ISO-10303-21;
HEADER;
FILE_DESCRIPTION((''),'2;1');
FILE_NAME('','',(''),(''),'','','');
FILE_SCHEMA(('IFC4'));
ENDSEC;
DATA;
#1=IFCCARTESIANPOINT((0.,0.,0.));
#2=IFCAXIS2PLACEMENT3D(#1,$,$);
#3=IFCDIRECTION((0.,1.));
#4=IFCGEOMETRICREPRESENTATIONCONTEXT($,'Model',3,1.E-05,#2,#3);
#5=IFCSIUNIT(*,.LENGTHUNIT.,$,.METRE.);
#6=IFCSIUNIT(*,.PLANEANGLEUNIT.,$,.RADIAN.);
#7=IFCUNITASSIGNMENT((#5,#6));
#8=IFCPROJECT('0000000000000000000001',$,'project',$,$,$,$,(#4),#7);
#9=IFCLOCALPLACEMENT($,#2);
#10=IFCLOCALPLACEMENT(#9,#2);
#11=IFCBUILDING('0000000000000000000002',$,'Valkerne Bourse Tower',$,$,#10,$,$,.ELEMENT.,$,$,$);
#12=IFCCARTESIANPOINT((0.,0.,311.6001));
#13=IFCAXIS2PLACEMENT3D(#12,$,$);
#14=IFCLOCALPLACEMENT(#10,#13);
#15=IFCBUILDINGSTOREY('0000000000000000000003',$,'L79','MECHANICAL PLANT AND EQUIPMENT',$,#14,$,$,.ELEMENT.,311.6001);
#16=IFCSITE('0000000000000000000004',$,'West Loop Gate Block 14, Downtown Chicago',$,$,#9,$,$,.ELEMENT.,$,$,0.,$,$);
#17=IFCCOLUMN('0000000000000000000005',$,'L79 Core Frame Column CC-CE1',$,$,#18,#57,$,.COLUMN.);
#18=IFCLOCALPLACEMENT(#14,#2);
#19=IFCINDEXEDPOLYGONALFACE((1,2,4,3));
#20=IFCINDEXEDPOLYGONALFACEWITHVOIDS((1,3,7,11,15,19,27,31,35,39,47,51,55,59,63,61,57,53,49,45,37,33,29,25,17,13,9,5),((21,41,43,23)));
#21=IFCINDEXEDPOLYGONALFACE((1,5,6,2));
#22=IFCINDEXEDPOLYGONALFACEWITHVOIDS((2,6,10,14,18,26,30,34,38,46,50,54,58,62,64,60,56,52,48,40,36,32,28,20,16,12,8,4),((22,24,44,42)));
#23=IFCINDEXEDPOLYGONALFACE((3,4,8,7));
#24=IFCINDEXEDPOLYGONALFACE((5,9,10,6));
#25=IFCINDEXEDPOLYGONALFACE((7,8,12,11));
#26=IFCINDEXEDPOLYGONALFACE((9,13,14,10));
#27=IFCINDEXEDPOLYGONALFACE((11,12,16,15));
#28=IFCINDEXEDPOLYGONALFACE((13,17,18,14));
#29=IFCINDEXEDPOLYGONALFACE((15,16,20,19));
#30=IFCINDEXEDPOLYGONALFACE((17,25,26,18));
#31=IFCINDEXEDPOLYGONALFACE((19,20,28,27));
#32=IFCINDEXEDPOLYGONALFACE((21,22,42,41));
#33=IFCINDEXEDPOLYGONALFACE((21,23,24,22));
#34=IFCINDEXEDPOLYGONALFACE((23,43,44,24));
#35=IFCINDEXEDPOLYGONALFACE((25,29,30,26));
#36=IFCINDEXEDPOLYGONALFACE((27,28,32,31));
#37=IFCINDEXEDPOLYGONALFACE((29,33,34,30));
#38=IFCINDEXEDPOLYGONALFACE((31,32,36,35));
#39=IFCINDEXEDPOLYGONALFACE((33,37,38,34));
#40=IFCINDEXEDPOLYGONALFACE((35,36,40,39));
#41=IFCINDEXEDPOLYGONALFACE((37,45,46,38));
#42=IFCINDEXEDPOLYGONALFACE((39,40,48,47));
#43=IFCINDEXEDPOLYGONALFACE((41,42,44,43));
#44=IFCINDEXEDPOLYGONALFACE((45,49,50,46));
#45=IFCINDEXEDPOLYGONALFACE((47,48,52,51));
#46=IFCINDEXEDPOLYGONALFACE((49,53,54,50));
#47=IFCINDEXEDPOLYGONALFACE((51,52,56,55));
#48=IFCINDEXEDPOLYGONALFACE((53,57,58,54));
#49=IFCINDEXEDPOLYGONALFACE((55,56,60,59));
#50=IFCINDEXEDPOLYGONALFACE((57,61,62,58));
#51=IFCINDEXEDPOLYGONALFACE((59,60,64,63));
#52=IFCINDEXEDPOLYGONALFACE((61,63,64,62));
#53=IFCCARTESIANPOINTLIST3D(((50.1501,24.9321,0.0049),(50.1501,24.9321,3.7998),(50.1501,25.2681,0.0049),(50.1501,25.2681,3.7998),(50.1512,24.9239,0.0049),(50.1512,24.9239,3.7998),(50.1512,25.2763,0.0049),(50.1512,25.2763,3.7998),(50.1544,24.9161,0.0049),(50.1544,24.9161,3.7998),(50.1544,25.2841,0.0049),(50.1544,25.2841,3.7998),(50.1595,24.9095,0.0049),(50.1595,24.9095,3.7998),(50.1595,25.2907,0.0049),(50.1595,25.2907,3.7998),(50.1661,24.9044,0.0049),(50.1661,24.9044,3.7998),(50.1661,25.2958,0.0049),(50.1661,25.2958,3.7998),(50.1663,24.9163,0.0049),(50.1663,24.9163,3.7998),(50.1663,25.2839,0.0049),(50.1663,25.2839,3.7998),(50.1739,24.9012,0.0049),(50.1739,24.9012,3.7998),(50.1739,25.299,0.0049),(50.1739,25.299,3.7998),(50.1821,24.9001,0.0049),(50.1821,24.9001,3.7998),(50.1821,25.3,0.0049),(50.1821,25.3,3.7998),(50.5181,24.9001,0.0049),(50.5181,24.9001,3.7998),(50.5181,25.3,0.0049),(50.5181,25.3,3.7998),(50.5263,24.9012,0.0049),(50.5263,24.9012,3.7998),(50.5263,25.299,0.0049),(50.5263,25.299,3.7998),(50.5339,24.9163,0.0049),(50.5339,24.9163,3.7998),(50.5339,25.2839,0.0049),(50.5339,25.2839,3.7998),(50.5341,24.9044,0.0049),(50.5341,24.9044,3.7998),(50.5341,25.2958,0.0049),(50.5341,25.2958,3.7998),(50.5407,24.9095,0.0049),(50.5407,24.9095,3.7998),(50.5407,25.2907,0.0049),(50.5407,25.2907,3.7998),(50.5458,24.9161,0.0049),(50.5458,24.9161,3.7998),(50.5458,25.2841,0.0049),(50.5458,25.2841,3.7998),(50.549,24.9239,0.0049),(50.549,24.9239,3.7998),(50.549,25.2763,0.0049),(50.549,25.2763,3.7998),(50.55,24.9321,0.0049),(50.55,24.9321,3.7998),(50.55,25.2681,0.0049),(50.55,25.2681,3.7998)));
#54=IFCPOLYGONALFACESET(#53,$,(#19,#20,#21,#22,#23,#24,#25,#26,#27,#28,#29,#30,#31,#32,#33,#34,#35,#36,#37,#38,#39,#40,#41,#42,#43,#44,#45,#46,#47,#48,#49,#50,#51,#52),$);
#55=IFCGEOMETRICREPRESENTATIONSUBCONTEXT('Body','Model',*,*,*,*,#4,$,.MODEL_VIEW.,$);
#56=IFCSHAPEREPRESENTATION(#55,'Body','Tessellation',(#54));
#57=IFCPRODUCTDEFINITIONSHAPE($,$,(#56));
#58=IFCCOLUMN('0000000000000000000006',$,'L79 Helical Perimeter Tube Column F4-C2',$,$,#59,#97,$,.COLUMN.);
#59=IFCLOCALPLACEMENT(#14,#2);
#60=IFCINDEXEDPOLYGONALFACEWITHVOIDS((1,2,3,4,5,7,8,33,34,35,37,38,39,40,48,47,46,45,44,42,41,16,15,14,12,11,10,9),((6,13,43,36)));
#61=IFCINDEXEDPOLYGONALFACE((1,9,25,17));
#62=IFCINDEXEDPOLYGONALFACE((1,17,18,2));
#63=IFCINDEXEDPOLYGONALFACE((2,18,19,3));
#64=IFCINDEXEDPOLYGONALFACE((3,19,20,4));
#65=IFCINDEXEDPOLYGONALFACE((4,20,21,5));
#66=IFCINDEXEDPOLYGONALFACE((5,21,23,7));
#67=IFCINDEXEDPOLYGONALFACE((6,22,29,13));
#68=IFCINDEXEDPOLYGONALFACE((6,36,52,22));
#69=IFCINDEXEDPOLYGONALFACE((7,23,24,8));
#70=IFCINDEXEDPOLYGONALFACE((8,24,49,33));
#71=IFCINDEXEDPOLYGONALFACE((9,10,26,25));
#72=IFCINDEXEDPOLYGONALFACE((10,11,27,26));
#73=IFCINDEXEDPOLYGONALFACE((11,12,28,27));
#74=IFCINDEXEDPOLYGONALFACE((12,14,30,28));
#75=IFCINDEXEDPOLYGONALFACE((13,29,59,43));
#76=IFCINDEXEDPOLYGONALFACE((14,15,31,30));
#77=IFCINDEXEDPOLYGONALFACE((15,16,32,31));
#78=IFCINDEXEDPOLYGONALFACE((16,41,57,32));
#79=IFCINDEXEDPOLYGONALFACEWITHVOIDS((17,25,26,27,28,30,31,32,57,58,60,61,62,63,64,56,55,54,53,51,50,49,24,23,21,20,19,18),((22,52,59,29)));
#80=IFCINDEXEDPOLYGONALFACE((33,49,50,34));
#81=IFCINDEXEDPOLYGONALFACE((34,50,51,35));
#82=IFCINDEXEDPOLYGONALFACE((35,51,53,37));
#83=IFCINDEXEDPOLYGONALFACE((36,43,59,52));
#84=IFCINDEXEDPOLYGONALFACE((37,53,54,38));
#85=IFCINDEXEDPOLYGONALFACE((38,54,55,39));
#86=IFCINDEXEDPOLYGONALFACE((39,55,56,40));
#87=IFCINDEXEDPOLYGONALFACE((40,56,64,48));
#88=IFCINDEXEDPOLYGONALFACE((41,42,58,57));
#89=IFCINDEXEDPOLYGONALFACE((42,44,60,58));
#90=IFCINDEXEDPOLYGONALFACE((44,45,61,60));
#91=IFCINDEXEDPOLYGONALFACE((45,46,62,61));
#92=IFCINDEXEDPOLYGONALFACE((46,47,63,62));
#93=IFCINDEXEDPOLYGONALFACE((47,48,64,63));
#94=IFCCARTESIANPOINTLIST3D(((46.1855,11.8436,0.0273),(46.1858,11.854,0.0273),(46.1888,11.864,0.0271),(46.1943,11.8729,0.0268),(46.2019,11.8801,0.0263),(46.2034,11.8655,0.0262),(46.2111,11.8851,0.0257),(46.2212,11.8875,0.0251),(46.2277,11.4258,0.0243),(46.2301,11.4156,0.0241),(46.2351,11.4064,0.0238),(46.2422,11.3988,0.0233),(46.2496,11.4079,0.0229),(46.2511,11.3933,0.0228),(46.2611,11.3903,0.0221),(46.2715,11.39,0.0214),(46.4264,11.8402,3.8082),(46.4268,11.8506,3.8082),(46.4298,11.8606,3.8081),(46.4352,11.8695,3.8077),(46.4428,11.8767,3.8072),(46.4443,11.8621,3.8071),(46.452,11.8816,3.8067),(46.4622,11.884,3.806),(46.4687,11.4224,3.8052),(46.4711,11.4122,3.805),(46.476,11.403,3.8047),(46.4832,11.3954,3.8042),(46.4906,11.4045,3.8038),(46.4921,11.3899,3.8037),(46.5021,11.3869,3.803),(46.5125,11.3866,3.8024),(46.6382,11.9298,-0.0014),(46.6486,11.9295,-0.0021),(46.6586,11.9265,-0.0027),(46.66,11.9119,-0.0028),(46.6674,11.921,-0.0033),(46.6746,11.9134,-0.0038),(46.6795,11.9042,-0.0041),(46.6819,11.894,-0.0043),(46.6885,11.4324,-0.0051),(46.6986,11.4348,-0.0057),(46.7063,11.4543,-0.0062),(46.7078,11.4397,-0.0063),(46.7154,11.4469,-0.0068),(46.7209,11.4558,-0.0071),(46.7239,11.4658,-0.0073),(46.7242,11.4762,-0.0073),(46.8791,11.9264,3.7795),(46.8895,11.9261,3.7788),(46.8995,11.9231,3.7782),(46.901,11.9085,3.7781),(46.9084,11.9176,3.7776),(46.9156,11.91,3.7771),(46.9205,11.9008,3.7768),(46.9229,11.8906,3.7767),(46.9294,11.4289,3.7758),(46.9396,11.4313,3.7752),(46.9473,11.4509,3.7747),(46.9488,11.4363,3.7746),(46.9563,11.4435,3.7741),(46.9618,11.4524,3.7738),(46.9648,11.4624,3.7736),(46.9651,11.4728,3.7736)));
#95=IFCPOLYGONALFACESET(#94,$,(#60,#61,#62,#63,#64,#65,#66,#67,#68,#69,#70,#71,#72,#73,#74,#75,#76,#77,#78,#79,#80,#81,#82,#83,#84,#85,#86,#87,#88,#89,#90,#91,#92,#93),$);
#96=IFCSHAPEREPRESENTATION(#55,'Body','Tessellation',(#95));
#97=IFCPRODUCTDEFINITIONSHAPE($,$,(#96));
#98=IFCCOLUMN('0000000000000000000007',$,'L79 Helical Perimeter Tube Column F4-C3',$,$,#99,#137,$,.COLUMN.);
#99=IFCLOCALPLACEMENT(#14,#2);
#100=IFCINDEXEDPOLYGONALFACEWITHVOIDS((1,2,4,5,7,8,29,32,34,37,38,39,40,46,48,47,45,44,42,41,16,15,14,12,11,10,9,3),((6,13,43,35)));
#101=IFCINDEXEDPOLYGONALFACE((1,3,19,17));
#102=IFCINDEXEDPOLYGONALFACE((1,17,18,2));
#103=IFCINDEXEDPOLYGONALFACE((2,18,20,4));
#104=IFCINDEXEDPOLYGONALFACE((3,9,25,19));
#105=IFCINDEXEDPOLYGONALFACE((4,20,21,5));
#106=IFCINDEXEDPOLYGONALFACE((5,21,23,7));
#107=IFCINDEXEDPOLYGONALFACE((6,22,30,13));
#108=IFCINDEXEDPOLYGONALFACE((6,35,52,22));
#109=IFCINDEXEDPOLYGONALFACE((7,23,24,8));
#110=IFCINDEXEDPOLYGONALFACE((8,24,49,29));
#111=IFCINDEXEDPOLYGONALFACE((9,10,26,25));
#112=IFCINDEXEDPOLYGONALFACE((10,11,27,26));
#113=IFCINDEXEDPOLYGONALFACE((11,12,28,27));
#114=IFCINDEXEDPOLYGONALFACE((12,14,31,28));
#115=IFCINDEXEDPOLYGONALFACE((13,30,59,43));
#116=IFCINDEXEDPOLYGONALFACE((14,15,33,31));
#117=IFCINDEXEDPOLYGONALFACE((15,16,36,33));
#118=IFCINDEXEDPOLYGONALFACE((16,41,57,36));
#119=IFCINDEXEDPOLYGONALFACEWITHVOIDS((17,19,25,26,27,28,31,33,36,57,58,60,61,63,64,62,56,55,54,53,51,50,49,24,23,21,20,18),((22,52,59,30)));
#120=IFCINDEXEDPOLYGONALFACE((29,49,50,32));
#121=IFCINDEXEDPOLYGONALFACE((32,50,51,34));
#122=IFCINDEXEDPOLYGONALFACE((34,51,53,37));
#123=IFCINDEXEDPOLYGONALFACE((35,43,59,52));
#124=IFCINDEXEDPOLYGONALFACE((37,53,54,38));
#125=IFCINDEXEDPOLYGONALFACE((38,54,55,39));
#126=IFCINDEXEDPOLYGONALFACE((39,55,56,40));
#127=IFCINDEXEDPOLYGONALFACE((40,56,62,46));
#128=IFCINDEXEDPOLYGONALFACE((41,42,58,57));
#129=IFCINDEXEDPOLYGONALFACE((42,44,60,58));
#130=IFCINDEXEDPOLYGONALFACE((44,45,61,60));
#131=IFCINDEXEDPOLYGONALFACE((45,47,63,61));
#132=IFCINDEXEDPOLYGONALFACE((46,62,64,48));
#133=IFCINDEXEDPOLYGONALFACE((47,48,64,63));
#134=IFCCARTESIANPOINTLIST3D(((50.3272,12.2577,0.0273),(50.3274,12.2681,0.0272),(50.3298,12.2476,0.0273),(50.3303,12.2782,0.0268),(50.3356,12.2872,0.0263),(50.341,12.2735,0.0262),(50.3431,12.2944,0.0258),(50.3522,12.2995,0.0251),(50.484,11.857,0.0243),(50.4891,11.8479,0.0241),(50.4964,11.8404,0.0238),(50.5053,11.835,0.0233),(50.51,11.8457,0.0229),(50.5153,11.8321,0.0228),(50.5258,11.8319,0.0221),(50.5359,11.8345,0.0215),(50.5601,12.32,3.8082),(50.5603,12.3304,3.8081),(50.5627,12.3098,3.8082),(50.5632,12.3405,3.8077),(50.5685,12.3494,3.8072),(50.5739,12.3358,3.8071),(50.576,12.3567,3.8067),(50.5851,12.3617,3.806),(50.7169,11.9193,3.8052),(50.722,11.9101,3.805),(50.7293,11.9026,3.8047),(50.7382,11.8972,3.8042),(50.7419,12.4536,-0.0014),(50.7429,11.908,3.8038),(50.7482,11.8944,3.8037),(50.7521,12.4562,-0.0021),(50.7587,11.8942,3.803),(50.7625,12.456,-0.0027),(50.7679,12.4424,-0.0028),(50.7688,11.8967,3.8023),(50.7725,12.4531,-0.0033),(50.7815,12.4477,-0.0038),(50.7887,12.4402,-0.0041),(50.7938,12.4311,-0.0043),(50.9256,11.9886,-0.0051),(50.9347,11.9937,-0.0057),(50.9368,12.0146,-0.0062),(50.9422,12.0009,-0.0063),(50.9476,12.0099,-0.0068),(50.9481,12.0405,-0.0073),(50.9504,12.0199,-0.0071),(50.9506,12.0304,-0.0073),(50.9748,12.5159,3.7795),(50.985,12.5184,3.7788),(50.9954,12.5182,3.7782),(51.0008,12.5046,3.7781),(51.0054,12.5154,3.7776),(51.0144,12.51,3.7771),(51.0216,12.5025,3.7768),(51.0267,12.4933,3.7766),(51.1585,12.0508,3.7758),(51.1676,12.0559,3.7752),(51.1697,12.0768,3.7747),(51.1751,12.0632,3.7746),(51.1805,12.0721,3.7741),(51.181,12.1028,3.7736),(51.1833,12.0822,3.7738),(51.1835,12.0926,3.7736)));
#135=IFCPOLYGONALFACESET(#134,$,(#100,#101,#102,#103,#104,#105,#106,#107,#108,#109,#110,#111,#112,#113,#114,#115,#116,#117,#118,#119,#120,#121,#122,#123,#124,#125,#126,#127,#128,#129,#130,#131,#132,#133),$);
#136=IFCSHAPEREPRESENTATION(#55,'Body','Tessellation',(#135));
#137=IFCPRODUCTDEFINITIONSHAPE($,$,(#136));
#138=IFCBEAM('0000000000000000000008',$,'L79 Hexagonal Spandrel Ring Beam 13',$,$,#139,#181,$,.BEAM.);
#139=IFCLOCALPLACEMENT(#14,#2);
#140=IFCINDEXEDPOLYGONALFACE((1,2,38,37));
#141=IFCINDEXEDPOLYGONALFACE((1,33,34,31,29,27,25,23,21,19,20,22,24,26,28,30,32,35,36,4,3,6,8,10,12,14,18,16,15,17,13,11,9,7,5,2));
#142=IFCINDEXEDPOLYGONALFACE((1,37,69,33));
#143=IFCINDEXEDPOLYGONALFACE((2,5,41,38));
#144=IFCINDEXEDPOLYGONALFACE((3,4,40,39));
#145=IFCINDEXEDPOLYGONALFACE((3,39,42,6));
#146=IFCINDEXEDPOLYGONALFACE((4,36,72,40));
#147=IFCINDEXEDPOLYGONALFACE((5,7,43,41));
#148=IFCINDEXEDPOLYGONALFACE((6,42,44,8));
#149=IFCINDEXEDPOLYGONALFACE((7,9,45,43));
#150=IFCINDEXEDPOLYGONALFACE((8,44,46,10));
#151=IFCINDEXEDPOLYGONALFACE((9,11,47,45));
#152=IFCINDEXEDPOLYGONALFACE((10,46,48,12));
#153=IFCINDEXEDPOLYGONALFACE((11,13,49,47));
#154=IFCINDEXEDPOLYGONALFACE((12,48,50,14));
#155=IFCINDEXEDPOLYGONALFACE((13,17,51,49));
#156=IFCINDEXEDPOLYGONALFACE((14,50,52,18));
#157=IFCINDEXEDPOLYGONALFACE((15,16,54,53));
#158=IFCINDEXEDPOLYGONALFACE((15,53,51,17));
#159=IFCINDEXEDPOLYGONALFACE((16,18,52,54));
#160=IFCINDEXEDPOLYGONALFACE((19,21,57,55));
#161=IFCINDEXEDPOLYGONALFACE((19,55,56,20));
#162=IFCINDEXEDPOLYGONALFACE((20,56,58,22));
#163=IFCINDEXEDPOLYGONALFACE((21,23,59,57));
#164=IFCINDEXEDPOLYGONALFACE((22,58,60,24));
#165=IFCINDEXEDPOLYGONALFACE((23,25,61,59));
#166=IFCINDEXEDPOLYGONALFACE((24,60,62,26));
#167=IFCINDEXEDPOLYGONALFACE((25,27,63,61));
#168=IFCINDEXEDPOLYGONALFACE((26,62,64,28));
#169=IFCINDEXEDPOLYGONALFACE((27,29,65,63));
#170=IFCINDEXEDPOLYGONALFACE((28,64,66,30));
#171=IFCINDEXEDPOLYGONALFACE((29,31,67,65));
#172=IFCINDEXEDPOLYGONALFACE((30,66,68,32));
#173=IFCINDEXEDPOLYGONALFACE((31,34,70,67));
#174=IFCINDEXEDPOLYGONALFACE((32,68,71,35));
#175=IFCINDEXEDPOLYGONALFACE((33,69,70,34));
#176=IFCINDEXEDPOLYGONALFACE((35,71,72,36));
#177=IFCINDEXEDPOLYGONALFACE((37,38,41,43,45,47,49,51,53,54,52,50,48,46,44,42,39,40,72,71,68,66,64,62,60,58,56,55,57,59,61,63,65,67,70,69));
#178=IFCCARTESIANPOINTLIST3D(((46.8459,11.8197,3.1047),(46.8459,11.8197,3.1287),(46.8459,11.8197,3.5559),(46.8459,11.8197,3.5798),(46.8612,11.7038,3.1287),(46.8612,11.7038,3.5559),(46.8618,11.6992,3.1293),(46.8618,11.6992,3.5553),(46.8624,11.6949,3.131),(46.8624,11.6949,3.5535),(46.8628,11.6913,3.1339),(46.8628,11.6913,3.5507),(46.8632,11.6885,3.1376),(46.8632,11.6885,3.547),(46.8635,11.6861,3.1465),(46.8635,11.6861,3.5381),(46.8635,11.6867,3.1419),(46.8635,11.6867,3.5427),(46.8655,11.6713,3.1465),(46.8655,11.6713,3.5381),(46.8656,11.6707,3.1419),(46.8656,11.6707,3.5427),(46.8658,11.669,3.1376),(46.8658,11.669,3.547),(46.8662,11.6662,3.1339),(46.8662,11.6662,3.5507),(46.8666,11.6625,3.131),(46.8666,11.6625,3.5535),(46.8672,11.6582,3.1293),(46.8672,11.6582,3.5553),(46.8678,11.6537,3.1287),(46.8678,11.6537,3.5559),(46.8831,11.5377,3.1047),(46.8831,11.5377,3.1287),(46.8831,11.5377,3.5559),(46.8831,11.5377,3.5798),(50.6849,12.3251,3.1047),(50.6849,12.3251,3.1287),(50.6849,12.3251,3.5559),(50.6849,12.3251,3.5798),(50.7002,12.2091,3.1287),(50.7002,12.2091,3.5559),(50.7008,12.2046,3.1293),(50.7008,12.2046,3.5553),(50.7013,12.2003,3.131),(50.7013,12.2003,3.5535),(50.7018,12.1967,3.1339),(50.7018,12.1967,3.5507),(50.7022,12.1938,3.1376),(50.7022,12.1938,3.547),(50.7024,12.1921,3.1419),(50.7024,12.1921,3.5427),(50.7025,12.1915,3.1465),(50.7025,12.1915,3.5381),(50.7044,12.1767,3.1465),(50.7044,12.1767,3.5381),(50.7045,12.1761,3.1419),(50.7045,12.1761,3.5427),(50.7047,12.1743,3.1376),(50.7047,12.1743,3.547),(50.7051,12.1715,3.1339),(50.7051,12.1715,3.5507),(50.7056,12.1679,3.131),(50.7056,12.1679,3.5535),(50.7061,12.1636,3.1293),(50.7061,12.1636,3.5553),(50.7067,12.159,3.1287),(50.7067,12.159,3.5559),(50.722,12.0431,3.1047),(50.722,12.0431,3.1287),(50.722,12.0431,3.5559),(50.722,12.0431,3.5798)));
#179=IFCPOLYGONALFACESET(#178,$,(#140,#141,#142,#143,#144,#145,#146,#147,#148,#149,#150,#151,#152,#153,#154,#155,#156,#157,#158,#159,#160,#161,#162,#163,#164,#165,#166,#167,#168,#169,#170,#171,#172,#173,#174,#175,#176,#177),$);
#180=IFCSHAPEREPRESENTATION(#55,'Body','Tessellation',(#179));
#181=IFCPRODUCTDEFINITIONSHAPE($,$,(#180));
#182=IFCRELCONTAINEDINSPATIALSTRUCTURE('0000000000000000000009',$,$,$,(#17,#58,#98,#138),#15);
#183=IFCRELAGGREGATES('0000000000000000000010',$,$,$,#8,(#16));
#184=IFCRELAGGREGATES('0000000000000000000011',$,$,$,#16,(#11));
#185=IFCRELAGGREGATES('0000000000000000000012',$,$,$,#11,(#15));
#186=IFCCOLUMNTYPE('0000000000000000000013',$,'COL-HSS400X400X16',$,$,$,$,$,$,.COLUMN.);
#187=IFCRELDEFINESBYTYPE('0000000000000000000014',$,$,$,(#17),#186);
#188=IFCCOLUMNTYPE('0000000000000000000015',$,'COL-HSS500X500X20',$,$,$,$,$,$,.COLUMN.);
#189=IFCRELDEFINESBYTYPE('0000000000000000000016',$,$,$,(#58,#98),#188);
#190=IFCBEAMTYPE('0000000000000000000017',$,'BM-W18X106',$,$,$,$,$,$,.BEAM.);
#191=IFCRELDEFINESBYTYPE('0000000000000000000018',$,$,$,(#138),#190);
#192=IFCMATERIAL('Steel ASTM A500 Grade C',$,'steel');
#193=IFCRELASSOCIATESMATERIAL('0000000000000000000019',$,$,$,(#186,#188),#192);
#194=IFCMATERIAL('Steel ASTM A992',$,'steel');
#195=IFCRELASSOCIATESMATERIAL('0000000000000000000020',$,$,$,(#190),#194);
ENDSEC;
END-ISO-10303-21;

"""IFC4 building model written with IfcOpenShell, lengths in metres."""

from ifc_helpers import new_model, si_unit, direction, frame, origin, origin_2d, place, context, subcontext, project, spatial, hollow_rectangle, i_section, extrude, material, material_profile, profile_set, type_object, element, save


model = new_model("IFC4")

# Units and contexts
model_context = context("Model", 3, precision=1e-05, world=origin(), true_north=direction((0.0, 1.0)))
body_context = subcontext(model_context, "Body", "Model", "MODEL_VIEW")
ifc_project = project(units=[si_unit("LENGTHUNIT", "METRE"), si_unit("PLANEANGLEUNIT", "RADIAN")], contexts=[model_context])

# Site, building, storey
site_placement = place(None, origin())
site = spatial("IfcSite", under=ifc_project, at=site_placement, Name="West Loop Gate Block 14, Downtown Chicago", CompositionType="ELEMENT", RefElevation=0.0)
building_placement = place(site_placement, origin())
building = spatial("IfcBuilding", under=site, at=building_placement, Name="Valkerne Bourse Tower", CompositionType="ELEMENT")
storey_placement = place(building_placement, frame((0.0, 0.0, 311.6001)))
storey = spatial("IfcBuildingStorey", under=building, at=storey_placement, Name="L79", Description="MECHANICAL PLANT AND EQUIPMENT", CompositionType="ELEMENT", Elevation=311.6001)

# Columns
ifc_material_1 = material(Name="Steel ASTM A500 Grade C", Category="steel")
ifc_material_profile_1 = material_profile(ifc_material_1, hollow_rectangle(XDim=0.3999, YDim=0.3999, WallThickness=0.0161, OuterFilletRadius=0.032, at=origin_2d()), Name="HSS400X400X16")
ifc_profile_set_1 = profile_set([ifc_material_profile_1], Name="Steel ASTM A500 Grade C")
column_type_1 = type_object("IfcColumnType", Name="COL-HSS400X400X16", PredefinedType="COLUMN", material=ifc_profile_set_1)
column_placement = place(storey_placement, frame((50.3501, 25.1001, 0.0049), z_axis=(0.0, 0.0, 1.0), x_axis=(1.0, 0.0, 0.0)))
element("IfcColumn", 1, at=column_placement, inside=storey, type_object=column_type_1, Name="L79 Core Frame Column CC-CE1", PredefinedType="COLUMN", context=body_context, shape_type="SweptSolid", body=[
    extrude(hollow_rectangle(XDim=0.3999, YDim=0.3999, WallThickness=0.0161, OuterFilletRadius=0.032, at=origin_2d()), origin(), (0.0, 0.0, 1.0), 3.7949),
])
ifc_material_profile_2 = material_profile(ifc_material_1, hollow_rectangle(XDim=0.5, YDim=0.5, WallThickness=0.02, OuterFilletRadius=0.04, at=origin_2d()), Name="HSS500X500X20")
ifc_profile_set_2 = profile_set([ifc_material_profile_2], Name="Steel ASTM A500 Grade C")
column_type_2 = type_object("IfcColumnType", Name="COL-HSS500X500X20", PredefinedType="COLUMN", material=ifc_profile_set_2)
for number, where, z_axis, x_axis, name in (
    (2, (46.4548, 11.6599, 0.01), (0.063602, -0.000902, 0.997975), (-0.100604, 0.9949, 0.007311), "L79 Helical Perimeter Tube Column F4-C2"),
    (3, (50.6389, 12.144, 0.01), (0.061475, 0.016432, 0.997973), (-0.367332, 0.930061, 0.007314), "L79 Helical Perimeter Tube Column F4-C3"),
):
    element("IfcColumn", number, at=place(storey_placement, frame(where, z_axis=z_axis, x_axis=x_axis)), inside=storey, type_object=column_type_2, Name=name, PredefinedType="COLUMN", context=body_context, shape_type="SweptSolid", body=[
        extrude(hollow_rectangle(XDim=0.5, YDim=0.5, WallThickness=0.02, OuterFilletRadius=0.04, at=origin_2d()), origin(), (0.0, 0.0, 1.0), 3.7886),
    ])

# Beam
ifc_material_2 = material(Name="Steel ASTM A992", Category="steel")
ifc_material_profile_3 = material_profile(ifc_material_2, i_section(OverallWidth=0.2844, OverallDepth=0.4751, WebThickness=0.0149, FlangeThickness=0.0239, FilletRadius=0.0178, at=origin_2d()), Name="W18X106")
ifc_profile_set_3 = profile_set([ifc_material_profile_3], Name="Steel ASTM A992")
beam_type_1 = type_object("IfcBeamType", Name="BM-W18X106", PredefinedType="BEAM", material=ifc_profile_set_3)
beam_1_placement = place(storey_placement, frame((46.8645, 11.6787, 3.3423), z_axis=(0.991446, 0.13052, 0.0), x_axis=(-0.13052, 0.991446, 0.0)))
element("IfcBeam", 4, at=beam_1_placement, inside=storey, type_object=beam_type_1, Name="L79 Hexagonal Spandrel Ring Beam 13", PredefinedType="BEAM", context=body_context, shape_type="SweptSolid", body=[
    extrude(i_section(OverallWidth=0.2844, OverallDepth=0.4751, WebThickness=0.0149, FlangeThickness=0.0239, FilletRadius=0.0178, at=origin_2d()), origin(), (0.0, 0.0, 1.0), 3.8721),
])

save(model, "model.ifc")
